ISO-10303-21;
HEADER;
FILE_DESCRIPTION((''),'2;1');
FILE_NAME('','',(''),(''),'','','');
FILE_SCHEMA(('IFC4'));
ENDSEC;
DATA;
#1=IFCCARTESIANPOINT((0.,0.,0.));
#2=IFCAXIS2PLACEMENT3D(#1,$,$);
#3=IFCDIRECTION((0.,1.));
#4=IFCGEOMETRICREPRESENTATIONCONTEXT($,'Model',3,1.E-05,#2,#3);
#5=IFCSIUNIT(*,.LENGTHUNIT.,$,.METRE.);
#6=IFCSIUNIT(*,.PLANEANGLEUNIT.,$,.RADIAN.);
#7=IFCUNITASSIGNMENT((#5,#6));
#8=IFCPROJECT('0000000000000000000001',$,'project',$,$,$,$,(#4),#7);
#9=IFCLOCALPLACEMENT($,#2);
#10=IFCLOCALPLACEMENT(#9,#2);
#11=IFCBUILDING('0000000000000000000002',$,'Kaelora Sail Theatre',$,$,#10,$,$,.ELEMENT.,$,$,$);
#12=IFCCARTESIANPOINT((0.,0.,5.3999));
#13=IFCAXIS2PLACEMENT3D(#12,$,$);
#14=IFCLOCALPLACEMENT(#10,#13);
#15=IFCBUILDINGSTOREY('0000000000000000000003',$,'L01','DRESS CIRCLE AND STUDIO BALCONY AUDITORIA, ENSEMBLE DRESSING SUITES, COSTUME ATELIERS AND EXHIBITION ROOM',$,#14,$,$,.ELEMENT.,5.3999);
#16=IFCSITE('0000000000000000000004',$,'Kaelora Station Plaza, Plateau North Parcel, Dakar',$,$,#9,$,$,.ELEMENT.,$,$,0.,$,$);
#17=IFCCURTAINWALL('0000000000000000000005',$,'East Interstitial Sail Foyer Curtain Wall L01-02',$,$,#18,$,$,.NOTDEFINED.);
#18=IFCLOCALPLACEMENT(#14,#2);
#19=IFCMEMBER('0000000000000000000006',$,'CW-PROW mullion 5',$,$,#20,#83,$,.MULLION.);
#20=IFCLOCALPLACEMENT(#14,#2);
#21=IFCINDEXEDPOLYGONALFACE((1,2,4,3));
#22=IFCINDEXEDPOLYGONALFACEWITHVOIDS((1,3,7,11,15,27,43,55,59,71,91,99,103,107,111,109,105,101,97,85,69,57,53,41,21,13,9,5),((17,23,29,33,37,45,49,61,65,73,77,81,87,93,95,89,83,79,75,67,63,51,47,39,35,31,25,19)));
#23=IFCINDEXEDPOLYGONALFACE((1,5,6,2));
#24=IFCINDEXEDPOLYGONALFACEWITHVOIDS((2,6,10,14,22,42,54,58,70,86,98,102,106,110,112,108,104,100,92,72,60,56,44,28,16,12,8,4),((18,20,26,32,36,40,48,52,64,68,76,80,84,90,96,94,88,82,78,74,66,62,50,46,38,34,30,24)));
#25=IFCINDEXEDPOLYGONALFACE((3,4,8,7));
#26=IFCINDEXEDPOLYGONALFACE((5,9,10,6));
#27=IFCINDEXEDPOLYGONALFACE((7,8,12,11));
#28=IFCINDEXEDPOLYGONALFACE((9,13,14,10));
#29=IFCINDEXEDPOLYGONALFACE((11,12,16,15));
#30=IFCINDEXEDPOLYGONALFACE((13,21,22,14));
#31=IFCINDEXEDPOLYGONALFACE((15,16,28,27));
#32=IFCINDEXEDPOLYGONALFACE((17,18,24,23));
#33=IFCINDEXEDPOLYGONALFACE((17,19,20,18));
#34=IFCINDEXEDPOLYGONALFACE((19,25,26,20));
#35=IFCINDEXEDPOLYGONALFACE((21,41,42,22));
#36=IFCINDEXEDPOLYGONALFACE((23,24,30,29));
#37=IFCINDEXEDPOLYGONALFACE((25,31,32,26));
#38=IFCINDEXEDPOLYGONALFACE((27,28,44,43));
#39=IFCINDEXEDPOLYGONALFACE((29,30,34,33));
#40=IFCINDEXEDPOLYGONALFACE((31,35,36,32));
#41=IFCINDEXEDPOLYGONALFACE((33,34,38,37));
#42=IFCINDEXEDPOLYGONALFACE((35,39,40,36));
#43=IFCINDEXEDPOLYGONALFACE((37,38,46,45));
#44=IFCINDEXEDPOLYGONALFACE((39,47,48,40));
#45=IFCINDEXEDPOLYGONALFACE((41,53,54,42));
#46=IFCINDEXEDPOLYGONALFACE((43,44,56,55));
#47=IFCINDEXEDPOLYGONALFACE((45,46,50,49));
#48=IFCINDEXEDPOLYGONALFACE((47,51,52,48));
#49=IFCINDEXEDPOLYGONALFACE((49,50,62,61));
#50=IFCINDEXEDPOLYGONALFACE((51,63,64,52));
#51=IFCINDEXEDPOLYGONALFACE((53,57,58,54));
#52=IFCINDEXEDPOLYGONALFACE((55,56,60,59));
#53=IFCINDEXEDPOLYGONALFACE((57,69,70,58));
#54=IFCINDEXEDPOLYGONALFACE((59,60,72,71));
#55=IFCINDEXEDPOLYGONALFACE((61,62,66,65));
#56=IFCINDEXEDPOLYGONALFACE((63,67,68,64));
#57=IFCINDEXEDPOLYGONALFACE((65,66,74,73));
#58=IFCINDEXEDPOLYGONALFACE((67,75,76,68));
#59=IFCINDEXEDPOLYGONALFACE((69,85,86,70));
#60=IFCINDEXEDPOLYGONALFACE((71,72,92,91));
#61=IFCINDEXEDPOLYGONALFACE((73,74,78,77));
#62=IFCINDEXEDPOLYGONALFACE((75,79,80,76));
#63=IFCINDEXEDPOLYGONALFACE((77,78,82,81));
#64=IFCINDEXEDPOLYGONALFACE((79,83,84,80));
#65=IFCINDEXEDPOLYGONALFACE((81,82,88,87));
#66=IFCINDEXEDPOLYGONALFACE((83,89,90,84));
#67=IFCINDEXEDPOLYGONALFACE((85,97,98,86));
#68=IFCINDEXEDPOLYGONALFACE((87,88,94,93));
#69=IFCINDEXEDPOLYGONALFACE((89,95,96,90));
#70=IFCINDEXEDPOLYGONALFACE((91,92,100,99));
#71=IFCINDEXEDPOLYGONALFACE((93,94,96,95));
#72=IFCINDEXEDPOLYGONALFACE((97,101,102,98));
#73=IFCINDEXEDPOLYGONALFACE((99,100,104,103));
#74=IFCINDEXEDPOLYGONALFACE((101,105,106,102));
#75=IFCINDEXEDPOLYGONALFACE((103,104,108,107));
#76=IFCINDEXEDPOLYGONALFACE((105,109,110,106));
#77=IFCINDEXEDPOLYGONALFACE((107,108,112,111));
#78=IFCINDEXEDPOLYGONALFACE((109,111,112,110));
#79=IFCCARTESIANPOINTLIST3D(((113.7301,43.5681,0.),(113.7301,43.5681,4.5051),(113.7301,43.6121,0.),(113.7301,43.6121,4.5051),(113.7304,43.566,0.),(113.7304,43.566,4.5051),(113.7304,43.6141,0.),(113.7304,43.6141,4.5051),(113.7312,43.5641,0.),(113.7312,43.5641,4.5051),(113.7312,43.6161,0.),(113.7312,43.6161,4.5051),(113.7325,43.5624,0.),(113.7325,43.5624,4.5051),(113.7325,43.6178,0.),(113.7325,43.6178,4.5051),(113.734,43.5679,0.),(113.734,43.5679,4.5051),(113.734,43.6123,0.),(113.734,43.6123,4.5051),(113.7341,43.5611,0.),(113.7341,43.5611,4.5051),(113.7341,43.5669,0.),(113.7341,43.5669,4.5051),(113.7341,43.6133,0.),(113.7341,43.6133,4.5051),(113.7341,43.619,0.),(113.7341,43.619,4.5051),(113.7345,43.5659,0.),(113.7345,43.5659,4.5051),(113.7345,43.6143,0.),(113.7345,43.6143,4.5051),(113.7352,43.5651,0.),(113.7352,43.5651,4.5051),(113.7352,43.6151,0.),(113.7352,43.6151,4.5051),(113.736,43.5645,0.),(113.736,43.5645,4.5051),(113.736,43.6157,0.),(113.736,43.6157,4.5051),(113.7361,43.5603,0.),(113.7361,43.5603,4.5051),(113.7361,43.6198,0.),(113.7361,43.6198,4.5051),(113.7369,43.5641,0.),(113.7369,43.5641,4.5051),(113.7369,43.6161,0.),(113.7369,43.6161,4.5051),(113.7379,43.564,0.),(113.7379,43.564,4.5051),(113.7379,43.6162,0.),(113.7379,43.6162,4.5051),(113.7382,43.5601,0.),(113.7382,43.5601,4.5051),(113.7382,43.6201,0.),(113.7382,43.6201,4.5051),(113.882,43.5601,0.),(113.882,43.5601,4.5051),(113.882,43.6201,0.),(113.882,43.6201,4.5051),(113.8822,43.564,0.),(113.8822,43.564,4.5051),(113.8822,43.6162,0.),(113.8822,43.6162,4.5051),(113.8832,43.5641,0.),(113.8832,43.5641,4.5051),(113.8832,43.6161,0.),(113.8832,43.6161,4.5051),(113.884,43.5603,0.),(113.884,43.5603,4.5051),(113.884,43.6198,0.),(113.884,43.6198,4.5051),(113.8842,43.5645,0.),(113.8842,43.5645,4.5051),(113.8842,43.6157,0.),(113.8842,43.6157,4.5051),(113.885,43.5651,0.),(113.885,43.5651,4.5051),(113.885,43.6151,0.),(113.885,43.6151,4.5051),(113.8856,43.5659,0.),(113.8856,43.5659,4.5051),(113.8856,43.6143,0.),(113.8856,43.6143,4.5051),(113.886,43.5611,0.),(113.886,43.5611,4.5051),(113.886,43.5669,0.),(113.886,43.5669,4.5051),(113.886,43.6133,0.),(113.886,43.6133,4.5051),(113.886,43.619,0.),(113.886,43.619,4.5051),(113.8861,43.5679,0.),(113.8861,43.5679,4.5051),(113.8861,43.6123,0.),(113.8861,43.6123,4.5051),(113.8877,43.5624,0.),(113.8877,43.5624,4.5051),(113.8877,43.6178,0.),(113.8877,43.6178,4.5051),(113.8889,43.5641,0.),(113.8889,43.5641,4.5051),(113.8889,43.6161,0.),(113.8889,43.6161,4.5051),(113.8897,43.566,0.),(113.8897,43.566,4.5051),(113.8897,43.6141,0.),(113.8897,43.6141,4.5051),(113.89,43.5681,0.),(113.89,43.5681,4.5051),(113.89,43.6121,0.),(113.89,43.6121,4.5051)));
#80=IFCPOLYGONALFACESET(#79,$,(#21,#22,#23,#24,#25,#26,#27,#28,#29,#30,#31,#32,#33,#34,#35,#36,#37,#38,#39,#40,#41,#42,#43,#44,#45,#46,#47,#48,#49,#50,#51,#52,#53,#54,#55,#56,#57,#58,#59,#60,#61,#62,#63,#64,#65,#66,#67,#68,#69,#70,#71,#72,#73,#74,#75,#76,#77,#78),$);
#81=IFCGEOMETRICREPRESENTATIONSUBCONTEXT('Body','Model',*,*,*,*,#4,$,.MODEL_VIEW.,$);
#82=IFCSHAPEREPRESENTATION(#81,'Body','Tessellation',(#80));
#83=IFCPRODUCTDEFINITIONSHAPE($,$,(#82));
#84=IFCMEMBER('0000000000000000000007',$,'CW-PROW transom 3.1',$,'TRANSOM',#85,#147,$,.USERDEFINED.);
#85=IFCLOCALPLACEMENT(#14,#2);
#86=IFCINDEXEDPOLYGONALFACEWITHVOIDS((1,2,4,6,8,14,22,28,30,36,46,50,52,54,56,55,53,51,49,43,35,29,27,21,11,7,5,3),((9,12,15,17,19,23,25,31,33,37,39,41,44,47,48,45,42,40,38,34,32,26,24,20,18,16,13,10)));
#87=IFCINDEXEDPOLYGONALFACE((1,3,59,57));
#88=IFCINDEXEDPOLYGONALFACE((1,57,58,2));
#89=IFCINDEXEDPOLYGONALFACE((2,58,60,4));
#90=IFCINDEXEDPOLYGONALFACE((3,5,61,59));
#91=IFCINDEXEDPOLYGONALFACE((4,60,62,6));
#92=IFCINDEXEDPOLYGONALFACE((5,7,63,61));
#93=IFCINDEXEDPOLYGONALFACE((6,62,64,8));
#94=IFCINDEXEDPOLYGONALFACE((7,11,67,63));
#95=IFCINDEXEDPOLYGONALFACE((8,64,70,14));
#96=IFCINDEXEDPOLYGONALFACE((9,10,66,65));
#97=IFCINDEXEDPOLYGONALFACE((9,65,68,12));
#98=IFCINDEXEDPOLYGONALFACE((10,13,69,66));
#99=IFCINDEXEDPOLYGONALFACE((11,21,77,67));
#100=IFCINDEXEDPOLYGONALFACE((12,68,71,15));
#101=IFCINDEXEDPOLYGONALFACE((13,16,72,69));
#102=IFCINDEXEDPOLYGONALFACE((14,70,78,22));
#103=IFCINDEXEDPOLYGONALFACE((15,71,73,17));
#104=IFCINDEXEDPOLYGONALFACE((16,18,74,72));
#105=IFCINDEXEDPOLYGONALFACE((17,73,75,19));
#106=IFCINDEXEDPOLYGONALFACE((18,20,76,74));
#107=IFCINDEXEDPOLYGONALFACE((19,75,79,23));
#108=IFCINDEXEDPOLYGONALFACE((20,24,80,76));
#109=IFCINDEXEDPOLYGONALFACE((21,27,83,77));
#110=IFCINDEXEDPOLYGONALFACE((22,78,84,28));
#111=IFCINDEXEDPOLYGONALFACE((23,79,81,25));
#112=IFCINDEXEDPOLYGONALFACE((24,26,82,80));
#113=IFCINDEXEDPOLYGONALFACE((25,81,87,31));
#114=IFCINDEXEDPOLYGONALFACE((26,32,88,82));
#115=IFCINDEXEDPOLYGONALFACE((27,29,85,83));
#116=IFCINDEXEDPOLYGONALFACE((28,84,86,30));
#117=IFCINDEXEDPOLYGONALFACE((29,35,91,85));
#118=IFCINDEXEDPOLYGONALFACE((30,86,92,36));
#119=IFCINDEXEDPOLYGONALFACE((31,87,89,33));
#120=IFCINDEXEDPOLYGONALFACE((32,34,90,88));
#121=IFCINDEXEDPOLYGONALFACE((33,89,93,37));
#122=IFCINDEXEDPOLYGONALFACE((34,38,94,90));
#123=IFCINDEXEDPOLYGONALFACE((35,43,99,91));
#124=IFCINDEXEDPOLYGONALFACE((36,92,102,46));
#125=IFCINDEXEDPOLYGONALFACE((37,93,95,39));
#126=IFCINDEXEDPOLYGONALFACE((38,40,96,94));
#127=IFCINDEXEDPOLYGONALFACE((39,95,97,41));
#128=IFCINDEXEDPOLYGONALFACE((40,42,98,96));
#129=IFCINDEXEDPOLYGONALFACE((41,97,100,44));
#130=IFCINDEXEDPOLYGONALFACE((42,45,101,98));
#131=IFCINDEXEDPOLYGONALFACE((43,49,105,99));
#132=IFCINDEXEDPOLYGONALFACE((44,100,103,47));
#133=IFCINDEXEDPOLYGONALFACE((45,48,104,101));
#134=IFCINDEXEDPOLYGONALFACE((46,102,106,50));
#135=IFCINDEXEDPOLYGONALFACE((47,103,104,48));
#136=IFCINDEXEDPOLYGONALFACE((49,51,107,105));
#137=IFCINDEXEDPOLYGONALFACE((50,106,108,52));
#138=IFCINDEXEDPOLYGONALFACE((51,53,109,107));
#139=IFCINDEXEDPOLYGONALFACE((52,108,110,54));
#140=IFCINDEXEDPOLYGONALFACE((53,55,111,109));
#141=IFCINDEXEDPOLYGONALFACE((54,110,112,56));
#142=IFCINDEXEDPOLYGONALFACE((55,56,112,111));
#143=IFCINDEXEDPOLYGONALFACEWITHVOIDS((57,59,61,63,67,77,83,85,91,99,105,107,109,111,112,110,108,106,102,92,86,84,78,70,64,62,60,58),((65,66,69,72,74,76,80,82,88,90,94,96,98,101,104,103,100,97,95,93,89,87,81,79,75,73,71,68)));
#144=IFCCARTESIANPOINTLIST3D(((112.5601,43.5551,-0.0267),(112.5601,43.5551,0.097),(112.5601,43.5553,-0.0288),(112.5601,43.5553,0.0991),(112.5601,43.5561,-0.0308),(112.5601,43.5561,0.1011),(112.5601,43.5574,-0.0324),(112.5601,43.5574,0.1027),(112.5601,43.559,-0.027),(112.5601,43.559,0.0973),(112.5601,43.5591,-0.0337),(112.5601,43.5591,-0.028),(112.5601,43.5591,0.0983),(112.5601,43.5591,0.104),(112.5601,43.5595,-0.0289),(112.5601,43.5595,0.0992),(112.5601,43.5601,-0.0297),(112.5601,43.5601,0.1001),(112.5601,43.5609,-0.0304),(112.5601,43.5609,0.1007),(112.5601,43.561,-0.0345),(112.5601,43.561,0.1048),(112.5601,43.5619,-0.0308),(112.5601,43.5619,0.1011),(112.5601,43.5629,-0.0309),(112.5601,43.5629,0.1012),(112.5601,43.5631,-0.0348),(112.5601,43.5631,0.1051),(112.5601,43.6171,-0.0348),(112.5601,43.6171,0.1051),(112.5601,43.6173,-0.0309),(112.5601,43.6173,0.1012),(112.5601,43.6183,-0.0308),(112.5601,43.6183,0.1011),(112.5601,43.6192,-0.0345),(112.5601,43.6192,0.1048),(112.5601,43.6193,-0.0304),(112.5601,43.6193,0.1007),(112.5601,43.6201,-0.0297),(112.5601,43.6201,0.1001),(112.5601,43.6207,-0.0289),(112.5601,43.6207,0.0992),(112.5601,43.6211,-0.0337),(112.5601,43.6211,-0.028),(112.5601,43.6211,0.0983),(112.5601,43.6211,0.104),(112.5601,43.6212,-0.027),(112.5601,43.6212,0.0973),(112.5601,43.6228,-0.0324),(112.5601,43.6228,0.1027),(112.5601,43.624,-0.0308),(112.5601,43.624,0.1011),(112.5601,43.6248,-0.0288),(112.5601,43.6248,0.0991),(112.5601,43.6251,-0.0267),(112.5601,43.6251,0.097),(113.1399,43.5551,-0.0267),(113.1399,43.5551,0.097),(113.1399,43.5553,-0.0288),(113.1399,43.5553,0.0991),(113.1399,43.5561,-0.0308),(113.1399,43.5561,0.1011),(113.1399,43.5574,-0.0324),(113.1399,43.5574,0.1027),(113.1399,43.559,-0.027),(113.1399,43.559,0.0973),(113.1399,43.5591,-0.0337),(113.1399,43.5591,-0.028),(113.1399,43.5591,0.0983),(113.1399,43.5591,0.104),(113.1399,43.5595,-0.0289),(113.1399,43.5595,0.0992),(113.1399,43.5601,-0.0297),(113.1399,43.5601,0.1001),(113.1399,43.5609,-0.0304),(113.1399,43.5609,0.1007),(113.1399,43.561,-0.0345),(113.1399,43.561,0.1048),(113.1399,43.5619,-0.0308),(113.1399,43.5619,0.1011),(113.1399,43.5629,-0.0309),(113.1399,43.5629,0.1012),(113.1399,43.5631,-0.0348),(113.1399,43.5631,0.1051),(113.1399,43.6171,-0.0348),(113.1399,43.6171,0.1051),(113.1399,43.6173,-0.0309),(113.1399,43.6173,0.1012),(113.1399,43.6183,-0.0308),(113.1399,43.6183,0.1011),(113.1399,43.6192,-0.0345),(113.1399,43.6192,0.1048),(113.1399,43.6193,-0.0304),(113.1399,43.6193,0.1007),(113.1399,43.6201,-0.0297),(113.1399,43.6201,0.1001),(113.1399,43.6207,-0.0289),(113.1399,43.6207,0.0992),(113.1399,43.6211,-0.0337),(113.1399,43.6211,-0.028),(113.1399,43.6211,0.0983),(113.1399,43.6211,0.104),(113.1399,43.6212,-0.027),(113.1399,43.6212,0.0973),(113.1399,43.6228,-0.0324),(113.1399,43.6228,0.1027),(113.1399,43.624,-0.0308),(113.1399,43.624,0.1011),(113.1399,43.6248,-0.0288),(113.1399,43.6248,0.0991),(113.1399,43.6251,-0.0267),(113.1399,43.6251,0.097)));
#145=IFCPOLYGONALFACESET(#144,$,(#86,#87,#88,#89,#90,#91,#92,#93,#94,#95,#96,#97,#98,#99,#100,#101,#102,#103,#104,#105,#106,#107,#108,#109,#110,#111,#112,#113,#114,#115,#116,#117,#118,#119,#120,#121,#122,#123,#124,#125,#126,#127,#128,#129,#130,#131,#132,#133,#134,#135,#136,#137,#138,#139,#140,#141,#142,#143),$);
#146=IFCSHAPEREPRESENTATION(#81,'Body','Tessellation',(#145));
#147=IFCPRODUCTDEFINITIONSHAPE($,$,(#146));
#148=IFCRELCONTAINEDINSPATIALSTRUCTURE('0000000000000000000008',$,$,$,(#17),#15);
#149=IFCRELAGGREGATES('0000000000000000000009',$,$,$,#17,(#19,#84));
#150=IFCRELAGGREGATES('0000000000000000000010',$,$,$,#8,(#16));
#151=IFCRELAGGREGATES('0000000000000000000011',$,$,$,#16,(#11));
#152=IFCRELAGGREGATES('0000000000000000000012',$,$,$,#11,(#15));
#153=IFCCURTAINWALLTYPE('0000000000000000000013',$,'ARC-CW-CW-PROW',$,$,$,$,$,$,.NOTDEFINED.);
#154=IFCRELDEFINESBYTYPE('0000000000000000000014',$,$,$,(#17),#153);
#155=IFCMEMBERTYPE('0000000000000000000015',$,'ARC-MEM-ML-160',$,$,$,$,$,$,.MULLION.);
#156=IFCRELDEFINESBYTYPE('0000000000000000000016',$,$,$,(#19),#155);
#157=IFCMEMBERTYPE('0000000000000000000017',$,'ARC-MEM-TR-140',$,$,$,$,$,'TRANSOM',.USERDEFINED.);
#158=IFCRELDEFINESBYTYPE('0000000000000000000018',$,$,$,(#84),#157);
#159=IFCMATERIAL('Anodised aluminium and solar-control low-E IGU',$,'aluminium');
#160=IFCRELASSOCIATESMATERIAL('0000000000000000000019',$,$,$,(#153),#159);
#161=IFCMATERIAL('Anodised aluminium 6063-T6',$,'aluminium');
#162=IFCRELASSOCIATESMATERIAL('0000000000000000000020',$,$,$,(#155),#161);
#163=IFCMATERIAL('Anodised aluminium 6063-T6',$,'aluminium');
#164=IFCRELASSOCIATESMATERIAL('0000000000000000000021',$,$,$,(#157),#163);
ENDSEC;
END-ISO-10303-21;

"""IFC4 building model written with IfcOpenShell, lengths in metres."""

from ifc_helpers import new_model, si_unit, direction, frame, origin, origin_2d, place, context, subcontext, project, spatial, hollow_rectangle, extrude, material, material_profile, profile_set, type_object, element, aggregate, save


model = new_model("IFC4")

# Units and contexts
model_context = context("Model", 3, precision=1e-05, world=origin(), true_north=direction((0.0, 1.0)))
body_context = subcontext(model_context, "Body", "Model", "MODEL_VIEW")
ifc_project = project(units=[si_unit("LENGTHUNIT", "METRE"), si_unit("PLANEANGLEUNIT", "RADIAN")], contexts=[model_context])

# Site, building, storey
site_placement = place(None, origin())
site = spatial("IfcSite", under=ifc_project, at=site_placement, Name="Kaelora Station Plaza, Plateau North Parcel, Dakar", CompositionType="ELEMENT", RefElevation=0.0)
building_placement = place(site_placement, origin())
building = spatial("IfcBuilding", under=site, at=building_placement, Name="Kaelora Sail Theatre", CompositionType="ELEMENT")
storey_placement = place(building_placement, frame((0.0, 0.0, 5.3999)))
storey = spatial("IfcBuildingStorey", under=building, at=storey_placement, Name="L01", Description="DRESS CIRCLE AND STUDIO BALCONY AUDITORIA, ENSEMBLE DRESSING SUITES, COSTUME ATELIERS AND EXHIBITION ROOM", CompositionType="ELEMENT", Elevation=5.3999)

# Curtain wall, members
ifc_material_1 = material(Name="Anodised aluminium and solar-control low-E IGU", Category="aluminium")
curtain_wall_type = type_object("IfcCurtainWallType", Name="ARC-CW-CW-PROW", PredefinedType="NOTDEFINED", material=ifc_material_1)
curtain_wall_placement = place(storey_placement, origin())
curtain_wall = element("IfcCurtainWall", 1, at=curtain_wall_placement, inside=storey, type_object=curtain_wall_type, Name="East Interstitial Sail Foyer Curtain Wall L01-02", PredefinedType="NOTDEFINED")
ifc_material_2 = material(Name="Anodised aluminium 6063-T6", Category="aluminium")
ifc_material_profile_1 = material_profile(ifc_material_2, hollow_rectangle(XDim=0.0601, YDim=0.1599, WallThickness=0.0039, InnerFilletRadius=0.0039, OuterFilletRadius=0.0081, at=origin_2d()), Name="ALU-MULL 60x160x4")
ifc_profile_set_1 = profile_set([ifc_material_profile_1], Name="Anodised aluminium 6063-T6")
member_type_1 = type_object("IfcMemberType", Name="ARC-MEM-ML-160", PredefinedType="MULLION", material=ifc_profile_set_1)
member_1_placement = place(storey_placement, frame((113.8101, 43.5901, 0.0), z_axis=(0.0, 0.0, 1.0), x_axis=(0.0, 1.0, 0.0)))
member_1 = element("IfcMember", 2, at=member_1_placement, type_object=member_type_1, Name="CW-PROW mullion 5", PredefinedType="MULLION", context=body_context, shape_type="SweptSolid", body=[
    extrude(hollow_rectangle(XDim=0.0601, YDim=0.1599, WallThickness=0.0039, InnerFilletRadius=0.0039, OuterFilletRadius=0.0081, at=origin_2d()), origin(), (0.0, 0.0, 1.0), 4.5051),
])
ifc_material_3 = material(Name="Anodised aluminium 6063-T6", Category="aluminium")
ifc_material_profile_2 = material_profile(ifc_material_3, hollow_rectangle(XDim=0.0701, YDim=0.1399, WallThickness=0.0039, InnerFilletRadius=0.0039, OuterFilletRadius=0.0081, at=origin_2d()), Name="ALU-TRAN 70x140x4")
ifc_profile_set_2 = profile_set([ifc_material_profile_2], Name="Anodised aluminium 6063-T6")
member_type_2 = type_object("IfcMemberType", Name="ARC-MEM-TR-140", ElementType="TRANSOM", PredefinedType="USERDEFINED", material=ifc_profile_set_2)
member_2_placement = place(storey_placement, frame((112.5601, 43.5901, 0.0352), z_axis=(1.0, 0.0, 0.0), x_axis=(0.0, 1.0, 0.0)))
member_2 = element("IfcMember", 3, at=member_2_placement, type_object=member_type_2, Name="CW-PROW transom 3.1", ObjectType="TRANSOM", PredefinedType="USERDEFINED", context=body_context, shape_type="SweptSolid", body=[
    extrude(hollow_rectangle(XDim=0.0701, YDim=0.1399, WallThickness=0.0039, InnerFilletRadius=0.0039, OuterFilletRadius=0.0081, at=origin_2d()), origin(), (0.0, 0.0, 1.0), 0.5798),
])

aggregate(curtain_wall, [member_1, member_2])

save(model, "model.ifc")
